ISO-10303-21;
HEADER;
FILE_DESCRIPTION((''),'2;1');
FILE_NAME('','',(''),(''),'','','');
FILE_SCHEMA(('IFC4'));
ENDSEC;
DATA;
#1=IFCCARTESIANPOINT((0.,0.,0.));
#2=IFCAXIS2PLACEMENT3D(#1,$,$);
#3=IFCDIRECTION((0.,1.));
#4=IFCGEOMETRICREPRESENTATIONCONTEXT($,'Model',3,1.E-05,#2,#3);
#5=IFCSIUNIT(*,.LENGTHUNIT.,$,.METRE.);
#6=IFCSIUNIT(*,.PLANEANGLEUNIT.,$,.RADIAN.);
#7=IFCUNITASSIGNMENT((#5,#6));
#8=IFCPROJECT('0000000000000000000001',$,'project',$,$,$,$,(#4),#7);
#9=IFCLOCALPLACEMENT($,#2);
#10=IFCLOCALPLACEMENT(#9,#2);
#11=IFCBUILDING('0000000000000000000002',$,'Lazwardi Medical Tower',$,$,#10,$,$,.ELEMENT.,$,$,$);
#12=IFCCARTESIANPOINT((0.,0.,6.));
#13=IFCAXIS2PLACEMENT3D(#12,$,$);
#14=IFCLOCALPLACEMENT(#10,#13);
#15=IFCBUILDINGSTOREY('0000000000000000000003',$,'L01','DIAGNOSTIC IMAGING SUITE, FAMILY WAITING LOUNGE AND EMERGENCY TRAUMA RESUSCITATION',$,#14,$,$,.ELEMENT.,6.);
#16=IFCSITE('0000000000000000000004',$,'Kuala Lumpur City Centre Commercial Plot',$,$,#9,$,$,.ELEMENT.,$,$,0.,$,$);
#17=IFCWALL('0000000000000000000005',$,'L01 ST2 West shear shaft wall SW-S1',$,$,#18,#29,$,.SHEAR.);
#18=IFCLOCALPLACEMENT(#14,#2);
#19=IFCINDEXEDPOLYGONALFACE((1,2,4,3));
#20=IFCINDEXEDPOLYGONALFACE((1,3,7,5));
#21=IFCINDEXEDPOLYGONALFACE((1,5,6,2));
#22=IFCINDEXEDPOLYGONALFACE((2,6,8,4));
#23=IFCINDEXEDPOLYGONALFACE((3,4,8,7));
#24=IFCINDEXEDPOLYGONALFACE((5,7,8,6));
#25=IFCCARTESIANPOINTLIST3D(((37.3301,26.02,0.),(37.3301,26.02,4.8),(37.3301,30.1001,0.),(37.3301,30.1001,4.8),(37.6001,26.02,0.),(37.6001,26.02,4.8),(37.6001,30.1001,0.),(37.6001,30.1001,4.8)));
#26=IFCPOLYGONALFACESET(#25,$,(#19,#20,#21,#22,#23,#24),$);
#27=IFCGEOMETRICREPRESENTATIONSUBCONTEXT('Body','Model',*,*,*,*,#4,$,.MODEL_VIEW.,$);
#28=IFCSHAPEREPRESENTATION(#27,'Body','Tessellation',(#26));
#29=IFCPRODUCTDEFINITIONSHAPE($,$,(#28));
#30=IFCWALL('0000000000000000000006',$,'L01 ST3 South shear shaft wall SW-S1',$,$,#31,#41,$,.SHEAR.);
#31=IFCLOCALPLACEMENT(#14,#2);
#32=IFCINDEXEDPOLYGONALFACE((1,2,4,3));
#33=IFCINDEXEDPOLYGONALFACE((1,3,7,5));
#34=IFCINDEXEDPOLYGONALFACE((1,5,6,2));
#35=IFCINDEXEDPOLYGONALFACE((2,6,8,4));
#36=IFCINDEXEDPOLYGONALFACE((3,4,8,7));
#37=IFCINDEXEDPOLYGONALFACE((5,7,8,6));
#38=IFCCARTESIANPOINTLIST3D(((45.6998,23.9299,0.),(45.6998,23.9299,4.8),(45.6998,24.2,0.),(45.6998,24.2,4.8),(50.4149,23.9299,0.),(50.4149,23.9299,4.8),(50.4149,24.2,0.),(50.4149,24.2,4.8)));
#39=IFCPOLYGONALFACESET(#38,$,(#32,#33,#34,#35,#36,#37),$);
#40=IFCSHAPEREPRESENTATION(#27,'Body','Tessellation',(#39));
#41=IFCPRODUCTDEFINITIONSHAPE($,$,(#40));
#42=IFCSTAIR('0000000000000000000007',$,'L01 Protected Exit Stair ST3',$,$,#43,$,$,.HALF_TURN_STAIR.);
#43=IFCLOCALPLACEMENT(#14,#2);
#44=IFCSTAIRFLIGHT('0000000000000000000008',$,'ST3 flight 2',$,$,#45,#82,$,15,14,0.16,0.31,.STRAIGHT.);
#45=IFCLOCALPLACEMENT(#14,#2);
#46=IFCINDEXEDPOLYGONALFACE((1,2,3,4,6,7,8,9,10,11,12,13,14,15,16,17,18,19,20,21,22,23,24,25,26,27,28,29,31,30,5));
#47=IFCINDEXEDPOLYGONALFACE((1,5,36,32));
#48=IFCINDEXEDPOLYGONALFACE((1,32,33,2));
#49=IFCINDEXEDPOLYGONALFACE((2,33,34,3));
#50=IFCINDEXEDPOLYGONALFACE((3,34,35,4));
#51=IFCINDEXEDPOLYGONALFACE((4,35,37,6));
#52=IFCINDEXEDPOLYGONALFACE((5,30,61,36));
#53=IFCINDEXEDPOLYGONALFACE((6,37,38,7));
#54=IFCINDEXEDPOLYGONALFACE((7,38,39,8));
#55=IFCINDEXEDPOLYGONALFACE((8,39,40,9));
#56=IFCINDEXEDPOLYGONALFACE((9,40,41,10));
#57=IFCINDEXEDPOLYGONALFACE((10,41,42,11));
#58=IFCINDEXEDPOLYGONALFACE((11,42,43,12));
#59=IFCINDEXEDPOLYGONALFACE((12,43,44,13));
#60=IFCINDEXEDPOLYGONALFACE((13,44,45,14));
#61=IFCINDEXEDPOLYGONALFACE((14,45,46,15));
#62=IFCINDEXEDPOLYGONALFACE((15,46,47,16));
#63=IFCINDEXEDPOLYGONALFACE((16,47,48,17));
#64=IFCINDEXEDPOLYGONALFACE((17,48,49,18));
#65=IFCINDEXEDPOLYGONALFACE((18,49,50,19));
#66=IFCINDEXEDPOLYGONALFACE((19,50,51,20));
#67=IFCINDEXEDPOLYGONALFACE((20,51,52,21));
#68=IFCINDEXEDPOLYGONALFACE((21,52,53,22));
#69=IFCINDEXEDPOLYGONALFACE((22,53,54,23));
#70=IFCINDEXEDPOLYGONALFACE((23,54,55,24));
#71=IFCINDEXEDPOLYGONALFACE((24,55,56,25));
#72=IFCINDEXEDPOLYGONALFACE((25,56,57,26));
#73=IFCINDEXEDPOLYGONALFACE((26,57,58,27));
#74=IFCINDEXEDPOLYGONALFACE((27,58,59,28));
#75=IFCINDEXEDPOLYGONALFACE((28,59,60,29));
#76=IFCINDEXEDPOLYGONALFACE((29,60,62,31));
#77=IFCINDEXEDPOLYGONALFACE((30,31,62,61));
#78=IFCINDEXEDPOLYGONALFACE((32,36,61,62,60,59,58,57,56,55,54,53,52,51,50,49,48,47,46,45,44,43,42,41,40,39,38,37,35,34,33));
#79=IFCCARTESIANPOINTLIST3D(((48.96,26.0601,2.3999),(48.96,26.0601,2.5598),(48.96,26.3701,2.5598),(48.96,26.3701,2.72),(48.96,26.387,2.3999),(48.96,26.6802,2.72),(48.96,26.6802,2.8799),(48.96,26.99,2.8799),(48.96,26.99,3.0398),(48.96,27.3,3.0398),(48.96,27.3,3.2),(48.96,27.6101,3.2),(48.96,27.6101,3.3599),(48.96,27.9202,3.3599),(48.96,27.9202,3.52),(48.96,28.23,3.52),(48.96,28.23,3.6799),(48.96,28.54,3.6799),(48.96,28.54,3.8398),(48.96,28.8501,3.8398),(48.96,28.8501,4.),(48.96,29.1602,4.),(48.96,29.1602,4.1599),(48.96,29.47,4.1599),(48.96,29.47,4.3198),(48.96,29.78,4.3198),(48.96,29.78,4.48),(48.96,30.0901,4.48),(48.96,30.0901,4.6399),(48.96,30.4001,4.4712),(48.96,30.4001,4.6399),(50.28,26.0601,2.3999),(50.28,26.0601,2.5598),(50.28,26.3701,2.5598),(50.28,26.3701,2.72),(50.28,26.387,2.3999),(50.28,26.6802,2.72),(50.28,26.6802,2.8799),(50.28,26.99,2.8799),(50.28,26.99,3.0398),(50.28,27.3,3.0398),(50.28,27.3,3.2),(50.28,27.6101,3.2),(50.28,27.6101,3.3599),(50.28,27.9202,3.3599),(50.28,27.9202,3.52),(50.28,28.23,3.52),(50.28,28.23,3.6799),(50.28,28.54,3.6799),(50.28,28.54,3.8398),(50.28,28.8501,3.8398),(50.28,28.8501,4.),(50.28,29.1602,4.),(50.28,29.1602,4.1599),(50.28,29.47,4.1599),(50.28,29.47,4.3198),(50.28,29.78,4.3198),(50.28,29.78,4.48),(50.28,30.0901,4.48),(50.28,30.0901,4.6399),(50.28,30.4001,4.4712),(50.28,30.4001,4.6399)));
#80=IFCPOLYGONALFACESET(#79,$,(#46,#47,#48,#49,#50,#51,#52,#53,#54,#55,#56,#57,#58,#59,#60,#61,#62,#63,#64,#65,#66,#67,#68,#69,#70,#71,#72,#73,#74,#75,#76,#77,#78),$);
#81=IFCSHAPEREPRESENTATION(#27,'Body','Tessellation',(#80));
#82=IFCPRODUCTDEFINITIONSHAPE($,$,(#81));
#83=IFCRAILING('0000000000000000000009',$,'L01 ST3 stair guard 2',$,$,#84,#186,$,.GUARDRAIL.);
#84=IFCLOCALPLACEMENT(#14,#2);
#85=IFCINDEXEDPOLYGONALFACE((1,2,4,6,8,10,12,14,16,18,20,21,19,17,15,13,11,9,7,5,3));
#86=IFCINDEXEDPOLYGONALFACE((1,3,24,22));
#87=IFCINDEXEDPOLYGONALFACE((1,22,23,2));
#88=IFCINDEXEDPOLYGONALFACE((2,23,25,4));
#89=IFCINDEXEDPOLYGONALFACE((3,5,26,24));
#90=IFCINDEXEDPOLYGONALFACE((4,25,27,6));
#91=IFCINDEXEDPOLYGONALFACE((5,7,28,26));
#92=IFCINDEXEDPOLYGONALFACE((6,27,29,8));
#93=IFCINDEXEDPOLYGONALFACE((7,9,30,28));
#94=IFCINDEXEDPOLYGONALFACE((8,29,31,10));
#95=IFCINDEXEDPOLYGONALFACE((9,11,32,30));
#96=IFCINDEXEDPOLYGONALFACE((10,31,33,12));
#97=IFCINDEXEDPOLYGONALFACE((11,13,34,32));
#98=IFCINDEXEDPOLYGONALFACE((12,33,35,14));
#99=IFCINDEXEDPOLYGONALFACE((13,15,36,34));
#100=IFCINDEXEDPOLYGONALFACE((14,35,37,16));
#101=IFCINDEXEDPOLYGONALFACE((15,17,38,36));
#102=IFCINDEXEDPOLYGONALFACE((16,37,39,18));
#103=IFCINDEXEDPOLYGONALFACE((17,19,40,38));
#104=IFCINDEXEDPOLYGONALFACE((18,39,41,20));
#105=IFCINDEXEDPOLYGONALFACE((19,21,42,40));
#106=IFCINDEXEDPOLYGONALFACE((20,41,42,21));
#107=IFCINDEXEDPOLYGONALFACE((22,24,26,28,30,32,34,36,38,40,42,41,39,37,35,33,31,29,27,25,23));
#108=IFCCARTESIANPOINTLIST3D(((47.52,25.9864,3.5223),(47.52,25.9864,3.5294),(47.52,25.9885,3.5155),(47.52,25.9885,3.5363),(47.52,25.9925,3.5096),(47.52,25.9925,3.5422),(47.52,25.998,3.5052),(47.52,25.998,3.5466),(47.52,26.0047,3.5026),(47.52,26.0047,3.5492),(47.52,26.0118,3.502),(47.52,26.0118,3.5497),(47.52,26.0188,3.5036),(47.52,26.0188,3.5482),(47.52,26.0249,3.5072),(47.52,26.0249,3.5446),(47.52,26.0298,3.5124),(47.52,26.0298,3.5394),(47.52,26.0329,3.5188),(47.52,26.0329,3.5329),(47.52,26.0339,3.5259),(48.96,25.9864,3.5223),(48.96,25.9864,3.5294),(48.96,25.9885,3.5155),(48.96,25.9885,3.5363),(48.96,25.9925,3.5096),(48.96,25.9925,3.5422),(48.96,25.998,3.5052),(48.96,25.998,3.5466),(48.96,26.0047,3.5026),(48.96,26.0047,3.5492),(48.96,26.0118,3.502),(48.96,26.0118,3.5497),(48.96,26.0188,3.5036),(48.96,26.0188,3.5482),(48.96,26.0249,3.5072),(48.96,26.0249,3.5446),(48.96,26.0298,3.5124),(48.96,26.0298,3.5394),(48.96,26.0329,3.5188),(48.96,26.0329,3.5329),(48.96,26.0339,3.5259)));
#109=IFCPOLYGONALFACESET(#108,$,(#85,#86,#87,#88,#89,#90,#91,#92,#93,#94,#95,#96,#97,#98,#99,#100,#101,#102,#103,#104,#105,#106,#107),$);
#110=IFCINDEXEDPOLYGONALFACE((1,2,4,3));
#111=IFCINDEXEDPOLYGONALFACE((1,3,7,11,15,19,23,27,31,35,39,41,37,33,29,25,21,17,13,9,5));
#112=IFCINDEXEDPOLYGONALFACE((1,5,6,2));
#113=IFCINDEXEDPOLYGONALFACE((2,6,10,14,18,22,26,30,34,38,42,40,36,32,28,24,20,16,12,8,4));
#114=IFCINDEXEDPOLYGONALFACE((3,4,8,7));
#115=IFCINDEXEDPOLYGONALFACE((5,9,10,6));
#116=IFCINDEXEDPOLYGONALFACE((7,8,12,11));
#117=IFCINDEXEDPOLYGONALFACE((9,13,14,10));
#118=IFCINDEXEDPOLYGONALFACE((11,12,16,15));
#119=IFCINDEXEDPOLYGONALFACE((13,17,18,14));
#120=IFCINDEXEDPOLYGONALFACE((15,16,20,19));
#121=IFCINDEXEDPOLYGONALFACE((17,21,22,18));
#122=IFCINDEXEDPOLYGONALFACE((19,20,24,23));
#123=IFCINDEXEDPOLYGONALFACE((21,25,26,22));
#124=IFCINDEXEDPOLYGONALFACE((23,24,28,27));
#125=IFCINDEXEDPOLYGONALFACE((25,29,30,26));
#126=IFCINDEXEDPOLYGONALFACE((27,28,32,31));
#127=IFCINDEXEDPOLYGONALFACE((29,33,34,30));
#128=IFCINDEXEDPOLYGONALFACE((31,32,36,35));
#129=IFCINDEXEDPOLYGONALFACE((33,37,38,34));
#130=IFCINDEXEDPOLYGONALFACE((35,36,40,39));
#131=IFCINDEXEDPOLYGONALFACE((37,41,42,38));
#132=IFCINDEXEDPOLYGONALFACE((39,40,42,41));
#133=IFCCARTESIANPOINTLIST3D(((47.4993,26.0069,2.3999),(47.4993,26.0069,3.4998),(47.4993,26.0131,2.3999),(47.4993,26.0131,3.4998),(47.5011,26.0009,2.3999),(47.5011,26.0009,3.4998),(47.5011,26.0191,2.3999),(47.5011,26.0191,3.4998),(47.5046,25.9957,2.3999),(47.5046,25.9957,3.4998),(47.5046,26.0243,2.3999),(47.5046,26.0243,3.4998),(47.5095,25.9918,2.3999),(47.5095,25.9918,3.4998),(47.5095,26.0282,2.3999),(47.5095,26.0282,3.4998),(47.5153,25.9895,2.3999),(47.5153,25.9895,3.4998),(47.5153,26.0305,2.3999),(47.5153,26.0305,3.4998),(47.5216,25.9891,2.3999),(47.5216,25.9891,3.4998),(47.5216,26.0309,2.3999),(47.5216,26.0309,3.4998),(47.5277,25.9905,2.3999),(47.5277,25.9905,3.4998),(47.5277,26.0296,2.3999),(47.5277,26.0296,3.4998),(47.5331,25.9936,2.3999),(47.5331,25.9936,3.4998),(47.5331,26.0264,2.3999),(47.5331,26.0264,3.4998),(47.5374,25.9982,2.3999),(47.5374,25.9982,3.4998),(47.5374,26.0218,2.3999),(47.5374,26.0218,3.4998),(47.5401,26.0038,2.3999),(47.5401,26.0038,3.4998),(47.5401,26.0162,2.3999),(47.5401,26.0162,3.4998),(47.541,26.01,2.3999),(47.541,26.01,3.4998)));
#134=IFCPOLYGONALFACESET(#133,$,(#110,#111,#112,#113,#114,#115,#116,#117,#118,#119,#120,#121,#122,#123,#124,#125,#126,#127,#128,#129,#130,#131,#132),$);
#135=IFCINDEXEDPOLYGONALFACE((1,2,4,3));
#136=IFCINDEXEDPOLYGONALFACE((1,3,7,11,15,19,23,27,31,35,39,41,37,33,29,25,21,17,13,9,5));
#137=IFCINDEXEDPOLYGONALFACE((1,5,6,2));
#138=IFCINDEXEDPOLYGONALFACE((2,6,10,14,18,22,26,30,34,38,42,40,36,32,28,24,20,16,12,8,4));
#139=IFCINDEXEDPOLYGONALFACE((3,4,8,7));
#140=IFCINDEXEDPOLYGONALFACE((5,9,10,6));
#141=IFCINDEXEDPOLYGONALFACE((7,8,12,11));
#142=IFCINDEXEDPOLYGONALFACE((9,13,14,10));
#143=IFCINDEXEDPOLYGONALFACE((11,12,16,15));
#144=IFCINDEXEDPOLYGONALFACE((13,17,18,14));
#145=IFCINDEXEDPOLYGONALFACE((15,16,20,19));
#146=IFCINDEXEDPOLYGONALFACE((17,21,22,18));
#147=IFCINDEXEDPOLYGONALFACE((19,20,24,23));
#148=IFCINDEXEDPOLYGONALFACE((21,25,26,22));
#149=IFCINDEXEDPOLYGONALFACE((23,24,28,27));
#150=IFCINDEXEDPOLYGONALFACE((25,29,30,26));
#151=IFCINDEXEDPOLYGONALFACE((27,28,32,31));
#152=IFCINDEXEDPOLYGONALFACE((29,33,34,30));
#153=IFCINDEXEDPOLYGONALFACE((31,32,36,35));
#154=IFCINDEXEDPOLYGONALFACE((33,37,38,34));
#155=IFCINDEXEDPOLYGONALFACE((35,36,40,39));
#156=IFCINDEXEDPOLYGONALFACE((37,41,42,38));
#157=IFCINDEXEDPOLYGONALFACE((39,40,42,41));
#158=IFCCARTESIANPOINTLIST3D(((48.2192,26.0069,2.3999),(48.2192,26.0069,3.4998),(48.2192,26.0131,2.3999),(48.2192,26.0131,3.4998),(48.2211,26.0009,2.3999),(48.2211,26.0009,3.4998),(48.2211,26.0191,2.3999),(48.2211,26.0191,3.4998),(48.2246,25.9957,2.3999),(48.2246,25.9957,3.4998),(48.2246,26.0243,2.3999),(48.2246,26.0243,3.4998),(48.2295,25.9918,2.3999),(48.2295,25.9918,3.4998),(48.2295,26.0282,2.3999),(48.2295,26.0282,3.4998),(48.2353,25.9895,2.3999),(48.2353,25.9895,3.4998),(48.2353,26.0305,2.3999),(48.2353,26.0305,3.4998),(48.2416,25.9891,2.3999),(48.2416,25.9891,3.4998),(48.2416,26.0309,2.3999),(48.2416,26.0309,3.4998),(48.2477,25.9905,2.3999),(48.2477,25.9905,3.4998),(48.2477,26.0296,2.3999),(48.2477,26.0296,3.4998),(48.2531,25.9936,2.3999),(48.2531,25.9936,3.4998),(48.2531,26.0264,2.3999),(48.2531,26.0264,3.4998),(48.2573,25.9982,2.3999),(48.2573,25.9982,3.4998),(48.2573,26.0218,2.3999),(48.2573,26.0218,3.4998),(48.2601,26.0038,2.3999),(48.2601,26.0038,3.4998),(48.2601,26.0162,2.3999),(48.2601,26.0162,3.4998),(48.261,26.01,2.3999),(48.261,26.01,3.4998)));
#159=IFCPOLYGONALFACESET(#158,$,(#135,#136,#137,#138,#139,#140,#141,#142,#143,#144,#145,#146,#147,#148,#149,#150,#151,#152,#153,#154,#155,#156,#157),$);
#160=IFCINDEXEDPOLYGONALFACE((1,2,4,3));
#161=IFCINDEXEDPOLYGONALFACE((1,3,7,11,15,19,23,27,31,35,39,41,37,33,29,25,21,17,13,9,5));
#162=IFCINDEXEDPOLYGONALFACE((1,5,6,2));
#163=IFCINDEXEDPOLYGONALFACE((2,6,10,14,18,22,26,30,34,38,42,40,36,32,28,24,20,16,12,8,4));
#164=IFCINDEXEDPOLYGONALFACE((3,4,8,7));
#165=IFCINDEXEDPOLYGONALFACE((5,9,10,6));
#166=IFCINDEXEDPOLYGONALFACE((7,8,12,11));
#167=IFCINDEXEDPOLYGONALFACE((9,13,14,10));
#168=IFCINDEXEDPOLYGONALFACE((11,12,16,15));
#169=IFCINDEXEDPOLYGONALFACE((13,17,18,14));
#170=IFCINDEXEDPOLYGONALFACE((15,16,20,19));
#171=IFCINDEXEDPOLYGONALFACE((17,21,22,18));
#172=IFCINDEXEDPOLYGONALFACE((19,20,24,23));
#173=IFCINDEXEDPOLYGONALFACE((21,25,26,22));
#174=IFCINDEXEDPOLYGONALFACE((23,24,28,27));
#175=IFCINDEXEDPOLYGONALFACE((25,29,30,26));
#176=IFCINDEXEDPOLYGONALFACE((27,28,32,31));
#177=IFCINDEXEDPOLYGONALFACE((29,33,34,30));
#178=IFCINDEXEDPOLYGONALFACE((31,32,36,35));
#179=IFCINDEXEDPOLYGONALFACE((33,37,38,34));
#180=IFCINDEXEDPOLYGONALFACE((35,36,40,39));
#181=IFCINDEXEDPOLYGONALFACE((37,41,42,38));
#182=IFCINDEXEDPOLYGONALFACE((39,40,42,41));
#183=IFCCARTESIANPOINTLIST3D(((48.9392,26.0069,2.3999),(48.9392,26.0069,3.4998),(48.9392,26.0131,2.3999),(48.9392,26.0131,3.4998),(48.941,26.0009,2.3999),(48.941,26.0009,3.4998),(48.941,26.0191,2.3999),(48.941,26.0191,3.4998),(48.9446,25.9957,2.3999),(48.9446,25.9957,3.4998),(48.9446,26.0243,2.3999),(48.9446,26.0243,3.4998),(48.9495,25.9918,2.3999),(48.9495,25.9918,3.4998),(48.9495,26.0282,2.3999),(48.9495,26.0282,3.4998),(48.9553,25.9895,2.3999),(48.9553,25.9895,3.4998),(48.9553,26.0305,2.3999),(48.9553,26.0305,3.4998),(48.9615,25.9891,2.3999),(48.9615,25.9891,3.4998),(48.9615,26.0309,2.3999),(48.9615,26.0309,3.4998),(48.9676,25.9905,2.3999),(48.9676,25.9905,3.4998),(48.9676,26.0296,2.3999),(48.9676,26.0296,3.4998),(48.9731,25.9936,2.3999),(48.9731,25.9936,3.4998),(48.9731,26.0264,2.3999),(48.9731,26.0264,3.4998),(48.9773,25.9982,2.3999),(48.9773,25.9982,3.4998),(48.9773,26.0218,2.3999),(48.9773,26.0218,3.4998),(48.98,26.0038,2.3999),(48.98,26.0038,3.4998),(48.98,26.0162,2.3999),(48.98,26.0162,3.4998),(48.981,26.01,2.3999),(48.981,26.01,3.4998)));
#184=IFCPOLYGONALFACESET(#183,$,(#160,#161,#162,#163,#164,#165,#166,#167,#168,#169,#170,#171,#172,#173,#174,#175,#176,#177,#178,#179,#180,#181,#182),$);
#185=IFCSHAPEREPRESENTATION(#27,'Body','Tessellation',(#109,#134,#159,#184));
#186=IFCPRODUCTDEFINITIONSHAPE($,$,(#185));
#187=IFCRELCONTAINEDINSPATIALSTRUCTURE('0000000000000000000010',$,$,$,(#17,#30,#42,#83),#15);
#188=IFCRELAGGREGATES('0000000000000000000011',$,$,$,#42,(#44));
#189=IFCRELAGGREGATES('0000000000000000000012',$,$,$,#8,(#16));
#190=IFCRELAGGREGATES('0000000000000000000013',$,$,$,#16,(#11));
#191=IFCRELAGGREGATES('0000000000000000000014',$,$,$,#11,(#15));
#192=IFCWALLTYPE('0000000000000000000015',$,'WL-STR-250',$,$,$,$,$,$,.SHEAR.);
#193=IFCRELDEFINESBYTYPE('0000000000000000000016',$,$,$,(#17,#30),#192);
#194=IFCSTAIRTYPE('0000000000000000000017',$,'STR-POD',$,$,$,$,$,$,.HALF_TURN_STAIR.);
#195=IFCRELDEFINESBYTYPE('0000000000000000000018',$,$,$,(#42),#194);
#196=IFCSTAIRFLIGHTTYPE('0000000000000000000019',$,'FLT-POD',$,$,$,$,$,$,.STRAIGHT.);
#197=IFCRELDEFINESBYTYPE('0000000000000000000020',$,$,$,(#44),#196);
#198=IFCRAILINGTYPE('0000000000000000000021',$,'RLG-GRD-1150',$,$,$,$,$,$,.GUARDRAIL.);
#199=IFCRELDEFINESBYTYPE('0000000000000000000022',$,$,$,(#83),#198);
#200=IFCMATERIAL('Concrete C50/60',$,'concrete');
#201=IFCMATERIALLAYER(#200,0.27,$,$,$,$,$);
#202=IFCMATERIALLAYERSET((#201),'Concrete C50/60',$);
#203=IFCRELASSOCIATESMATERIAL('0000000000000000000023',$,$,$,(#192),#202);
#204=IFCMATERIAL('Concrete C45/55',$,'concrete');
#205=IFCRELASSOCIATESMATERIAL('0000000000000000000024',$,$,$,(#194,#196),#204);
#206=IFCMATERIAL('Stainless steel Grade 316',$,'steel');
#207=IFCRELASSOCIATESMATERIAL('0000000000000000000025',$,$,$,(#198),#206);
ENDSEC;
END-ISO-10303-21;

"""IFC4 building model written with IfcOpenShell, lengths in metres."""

from ifc_helpers import new_model, si_unit, direction, frame, frame_2d, origin, origin_2d, place, context, subcontext, project, spatial, polyline, rectangle, circle, outline, extrude, material, layer, layer_set, type_object, element, aggregate, save


model = new_model("IFC4")

# Units and contexts
model_context = context("Model", 3, precision=1e-05, world=origin(), true_north=direction((0.0, 1.0)))
body_context = subcontext(model_context, "Body", "Model", "MODEL_VIEW")
ifc_project = project(units=[si_unit("LENGTHUNIT", "METRE"), si_unit("PLANEANGLEUNIT", "RADIAN")], contexts=[model_context])

# Site, building, storey
site_placement = place(None, origin())
site = spatial("IfcSite", under=ifc_project, at=site_placement, Name="Kuala Lumpur City Centre Commercial Plot", CompositionType="ELEMENT", RefElevation=0.0)
building_placement = place(site_placement, origin())
building = spatial("IfcBuilding", under=site, at=building_placement, Name="Lazwardi Medical Tower", CompositionType="ELEMENT")
storey_placement = place(building_placement, frame((0.0, 0.0, 6.0)))
storey = spatial("IfcBuildingStorey", under=building, at=storey_placement, Name="L01", Description="DIAGNOSTIC IMAGING SUITE, FAMILY WAITING LOUNGE AND EMERGENCY TRAUMA RESUSCITATION", CompositionType="ELEMENT", Elevation=6.0)

# Walls
ifc_material_1 = material(Name="Concrete C50/60", Category="concrete")
ifc_layer_1 = layer(ifc_material_1, 0.27)
ifc_layer_set_1 = layer_set([ifc_layer_1], Name="Concrete C50/60")
wall_type_1 = type_object("IfcWallType", Name="WL-STR-250", PredefinedType="SHEAR", material=ifc_layer_set_1)
wall_1_placement = place(storey_placement, frame((37.4651, 26.02, 0.0), z_axis=(0.0, 0.0, 1.0), x_axis=(0.0, 1.0, 0.0)))
element("IfcWall", 1, at=wall_1_placement, inside=storey, type_object=wall_type_1, Name="L01 ST2 West shear shaft wall SW-S1", PredefinedType="SHEAR", context=body_context, shape_type="SweptSolid", body=[
    extrude(rectangle(XDim=4.0801, YDim=0.27, at=frame_2d((2.04, 0.0))), origin(), (0.0, 0.0, 1.0), 4.8),
])
wall_2_placement = place(storey_placement, frame((45.7, 24.0649, 0.0), z_axis=(0.0, 0.0, 1.0), x_axis=(1.0, 0.0, 0.0)))
element("IfcWall", 2, at=wall_2_placement, inside=storey, type_object=wall_type_1, Name="L01 ST3 South shear shaft wall SW-S1", PredefinedType="SHEAR", context=body_context, shape_type="SweptSolid", body=[
    extrude(rectangle(XDim=4.7151, YDim=0.27, at=frame_2d((2.3574, 0.0))), origin(), (0.0, 0.0, 1.0), 4.8),
])

# Stair, stair flight
ifc_material_2 = material(Name="Concrete C45/55", Category="concrete")
stair_type = type_object("IfcStairType", Name="STR-POD", PredefinedType="HALF_TURN_STAIR", material=ifc_material_2)
stair_placement = place(storey_placement, origin())
stair = element("IfcStair", 3, at=stair_placement, inside=storey, type_object=stair_type, Name="L01 Protected Exit Stair ST3", PredefinedType="HALF_TURN_STAIR")
stair_flight_type = type_object("IfcStairFlightType", Name="FLT-POD", PredefinedType="STRAIGHT", material=ifc_material_2)
stair_flight_placement = place(storey_placement, frame((49.6201, 26.0601, 2.3999), z_axis=(0.0, 0.0, 1.0), x_axis=(0.0, 1.0, 0.0)))
stair_flight = element("IfcStairFlight", 4, at=stair_flight_placement, type_object=stair_flight_type, Name="ST3 flight 2", NumberOfRisers=15, NumberOfTreads=14, PredefinedType="STRAIGHT", RiserHeight=0.16, TreadLength=0.31, context=body_context, shape_type="SweptSolid", body=[
    extrude(outline(polyline([(0.0, 0.0), (0.0, 0.1599), (0.3101, 0.1599), (0.3101, 0.3201), (0.6201, 0.3201), (0.6201, 0.48), (0.9299, 0.48), (0.9299, 0.6399), (1.24, 0.6399), (1.24, 0.8), (1.55, 0.8), (1.55, 0.96), (1.8601, 0.96), (1.8601, 1.1201), (2.1699, 1.1201), (2.1699, 1.28), (2.48, 1.28), (2.48, 1.4399), (2.79, 1.4399), (2.79, 1.6001), (3.1001, 1.6001), (3.1001, 1.76), (3.4099, 1.76), (3.4099, 1.9199), (3.72, 1.9199), (3.72, 2.0801), (4.03, 2.0801), (4.03, 2.24), (4.3401, 2.24), (4.3401, 2.3999), (4.3401, 2.0713), (0.3269, 0.0), (0.0, 0.0)])), frame((0.0, 0.6602, 0.0), z_axis=(0.0, -1.0, 0.0), x_axis=(1.0, 0.0, 0.0)), (0.0, 0.0, 1.0), 1.3201),
])
aggregate(stair, [stair_flight])

# Railing
ifc_material_3 = material(Name="Stainless steel Grade 316", Category="steel")
railing_type_1 = type_object("IfcRailingType", Name="RLG-GRD-1150", PredefinedType="GUARDRAIL", material=ifc_material_3)
railing_1_placement = place(storey_placement, frame((47.52, 26.01, 2.3999)))
element("IfcRailing", 5, at=railing_1_placement, inside=storey, type_object=railing_type_1, Name="L01 ST3 stair guard 2", PredefinedType="GUARDRAIL", context=body_context, shape_type="SweptSolid", body=[
    extrude(circle(Radius=0.0239, at=origin_2d()), frame((0.0, 0.0, 1.126), z_axis=(1.0, 0.0, 0.0), x_axis=(0.0, 1.0, 0.0)), (0.0, 0.0, 1.0), 1.4399),
    extrude(circle(Radius=0.021, at=origin_2d()), origin(), (0.0, 0.0, 1.0), 1.0999),
    extrude(circle(Radius=0.021, at=origin_2d()), frame((0.72, 0.0, 0.0)), (0.0, 0.0, 1.0), 1.0999),
    extrude(circle(Radius=0.021, at=origin_2d()), frame((1.4399, 0.0, 0.0)), (0.0, 0.0, 1.0), 1.0999),
])

save(model, "model.ifc")
